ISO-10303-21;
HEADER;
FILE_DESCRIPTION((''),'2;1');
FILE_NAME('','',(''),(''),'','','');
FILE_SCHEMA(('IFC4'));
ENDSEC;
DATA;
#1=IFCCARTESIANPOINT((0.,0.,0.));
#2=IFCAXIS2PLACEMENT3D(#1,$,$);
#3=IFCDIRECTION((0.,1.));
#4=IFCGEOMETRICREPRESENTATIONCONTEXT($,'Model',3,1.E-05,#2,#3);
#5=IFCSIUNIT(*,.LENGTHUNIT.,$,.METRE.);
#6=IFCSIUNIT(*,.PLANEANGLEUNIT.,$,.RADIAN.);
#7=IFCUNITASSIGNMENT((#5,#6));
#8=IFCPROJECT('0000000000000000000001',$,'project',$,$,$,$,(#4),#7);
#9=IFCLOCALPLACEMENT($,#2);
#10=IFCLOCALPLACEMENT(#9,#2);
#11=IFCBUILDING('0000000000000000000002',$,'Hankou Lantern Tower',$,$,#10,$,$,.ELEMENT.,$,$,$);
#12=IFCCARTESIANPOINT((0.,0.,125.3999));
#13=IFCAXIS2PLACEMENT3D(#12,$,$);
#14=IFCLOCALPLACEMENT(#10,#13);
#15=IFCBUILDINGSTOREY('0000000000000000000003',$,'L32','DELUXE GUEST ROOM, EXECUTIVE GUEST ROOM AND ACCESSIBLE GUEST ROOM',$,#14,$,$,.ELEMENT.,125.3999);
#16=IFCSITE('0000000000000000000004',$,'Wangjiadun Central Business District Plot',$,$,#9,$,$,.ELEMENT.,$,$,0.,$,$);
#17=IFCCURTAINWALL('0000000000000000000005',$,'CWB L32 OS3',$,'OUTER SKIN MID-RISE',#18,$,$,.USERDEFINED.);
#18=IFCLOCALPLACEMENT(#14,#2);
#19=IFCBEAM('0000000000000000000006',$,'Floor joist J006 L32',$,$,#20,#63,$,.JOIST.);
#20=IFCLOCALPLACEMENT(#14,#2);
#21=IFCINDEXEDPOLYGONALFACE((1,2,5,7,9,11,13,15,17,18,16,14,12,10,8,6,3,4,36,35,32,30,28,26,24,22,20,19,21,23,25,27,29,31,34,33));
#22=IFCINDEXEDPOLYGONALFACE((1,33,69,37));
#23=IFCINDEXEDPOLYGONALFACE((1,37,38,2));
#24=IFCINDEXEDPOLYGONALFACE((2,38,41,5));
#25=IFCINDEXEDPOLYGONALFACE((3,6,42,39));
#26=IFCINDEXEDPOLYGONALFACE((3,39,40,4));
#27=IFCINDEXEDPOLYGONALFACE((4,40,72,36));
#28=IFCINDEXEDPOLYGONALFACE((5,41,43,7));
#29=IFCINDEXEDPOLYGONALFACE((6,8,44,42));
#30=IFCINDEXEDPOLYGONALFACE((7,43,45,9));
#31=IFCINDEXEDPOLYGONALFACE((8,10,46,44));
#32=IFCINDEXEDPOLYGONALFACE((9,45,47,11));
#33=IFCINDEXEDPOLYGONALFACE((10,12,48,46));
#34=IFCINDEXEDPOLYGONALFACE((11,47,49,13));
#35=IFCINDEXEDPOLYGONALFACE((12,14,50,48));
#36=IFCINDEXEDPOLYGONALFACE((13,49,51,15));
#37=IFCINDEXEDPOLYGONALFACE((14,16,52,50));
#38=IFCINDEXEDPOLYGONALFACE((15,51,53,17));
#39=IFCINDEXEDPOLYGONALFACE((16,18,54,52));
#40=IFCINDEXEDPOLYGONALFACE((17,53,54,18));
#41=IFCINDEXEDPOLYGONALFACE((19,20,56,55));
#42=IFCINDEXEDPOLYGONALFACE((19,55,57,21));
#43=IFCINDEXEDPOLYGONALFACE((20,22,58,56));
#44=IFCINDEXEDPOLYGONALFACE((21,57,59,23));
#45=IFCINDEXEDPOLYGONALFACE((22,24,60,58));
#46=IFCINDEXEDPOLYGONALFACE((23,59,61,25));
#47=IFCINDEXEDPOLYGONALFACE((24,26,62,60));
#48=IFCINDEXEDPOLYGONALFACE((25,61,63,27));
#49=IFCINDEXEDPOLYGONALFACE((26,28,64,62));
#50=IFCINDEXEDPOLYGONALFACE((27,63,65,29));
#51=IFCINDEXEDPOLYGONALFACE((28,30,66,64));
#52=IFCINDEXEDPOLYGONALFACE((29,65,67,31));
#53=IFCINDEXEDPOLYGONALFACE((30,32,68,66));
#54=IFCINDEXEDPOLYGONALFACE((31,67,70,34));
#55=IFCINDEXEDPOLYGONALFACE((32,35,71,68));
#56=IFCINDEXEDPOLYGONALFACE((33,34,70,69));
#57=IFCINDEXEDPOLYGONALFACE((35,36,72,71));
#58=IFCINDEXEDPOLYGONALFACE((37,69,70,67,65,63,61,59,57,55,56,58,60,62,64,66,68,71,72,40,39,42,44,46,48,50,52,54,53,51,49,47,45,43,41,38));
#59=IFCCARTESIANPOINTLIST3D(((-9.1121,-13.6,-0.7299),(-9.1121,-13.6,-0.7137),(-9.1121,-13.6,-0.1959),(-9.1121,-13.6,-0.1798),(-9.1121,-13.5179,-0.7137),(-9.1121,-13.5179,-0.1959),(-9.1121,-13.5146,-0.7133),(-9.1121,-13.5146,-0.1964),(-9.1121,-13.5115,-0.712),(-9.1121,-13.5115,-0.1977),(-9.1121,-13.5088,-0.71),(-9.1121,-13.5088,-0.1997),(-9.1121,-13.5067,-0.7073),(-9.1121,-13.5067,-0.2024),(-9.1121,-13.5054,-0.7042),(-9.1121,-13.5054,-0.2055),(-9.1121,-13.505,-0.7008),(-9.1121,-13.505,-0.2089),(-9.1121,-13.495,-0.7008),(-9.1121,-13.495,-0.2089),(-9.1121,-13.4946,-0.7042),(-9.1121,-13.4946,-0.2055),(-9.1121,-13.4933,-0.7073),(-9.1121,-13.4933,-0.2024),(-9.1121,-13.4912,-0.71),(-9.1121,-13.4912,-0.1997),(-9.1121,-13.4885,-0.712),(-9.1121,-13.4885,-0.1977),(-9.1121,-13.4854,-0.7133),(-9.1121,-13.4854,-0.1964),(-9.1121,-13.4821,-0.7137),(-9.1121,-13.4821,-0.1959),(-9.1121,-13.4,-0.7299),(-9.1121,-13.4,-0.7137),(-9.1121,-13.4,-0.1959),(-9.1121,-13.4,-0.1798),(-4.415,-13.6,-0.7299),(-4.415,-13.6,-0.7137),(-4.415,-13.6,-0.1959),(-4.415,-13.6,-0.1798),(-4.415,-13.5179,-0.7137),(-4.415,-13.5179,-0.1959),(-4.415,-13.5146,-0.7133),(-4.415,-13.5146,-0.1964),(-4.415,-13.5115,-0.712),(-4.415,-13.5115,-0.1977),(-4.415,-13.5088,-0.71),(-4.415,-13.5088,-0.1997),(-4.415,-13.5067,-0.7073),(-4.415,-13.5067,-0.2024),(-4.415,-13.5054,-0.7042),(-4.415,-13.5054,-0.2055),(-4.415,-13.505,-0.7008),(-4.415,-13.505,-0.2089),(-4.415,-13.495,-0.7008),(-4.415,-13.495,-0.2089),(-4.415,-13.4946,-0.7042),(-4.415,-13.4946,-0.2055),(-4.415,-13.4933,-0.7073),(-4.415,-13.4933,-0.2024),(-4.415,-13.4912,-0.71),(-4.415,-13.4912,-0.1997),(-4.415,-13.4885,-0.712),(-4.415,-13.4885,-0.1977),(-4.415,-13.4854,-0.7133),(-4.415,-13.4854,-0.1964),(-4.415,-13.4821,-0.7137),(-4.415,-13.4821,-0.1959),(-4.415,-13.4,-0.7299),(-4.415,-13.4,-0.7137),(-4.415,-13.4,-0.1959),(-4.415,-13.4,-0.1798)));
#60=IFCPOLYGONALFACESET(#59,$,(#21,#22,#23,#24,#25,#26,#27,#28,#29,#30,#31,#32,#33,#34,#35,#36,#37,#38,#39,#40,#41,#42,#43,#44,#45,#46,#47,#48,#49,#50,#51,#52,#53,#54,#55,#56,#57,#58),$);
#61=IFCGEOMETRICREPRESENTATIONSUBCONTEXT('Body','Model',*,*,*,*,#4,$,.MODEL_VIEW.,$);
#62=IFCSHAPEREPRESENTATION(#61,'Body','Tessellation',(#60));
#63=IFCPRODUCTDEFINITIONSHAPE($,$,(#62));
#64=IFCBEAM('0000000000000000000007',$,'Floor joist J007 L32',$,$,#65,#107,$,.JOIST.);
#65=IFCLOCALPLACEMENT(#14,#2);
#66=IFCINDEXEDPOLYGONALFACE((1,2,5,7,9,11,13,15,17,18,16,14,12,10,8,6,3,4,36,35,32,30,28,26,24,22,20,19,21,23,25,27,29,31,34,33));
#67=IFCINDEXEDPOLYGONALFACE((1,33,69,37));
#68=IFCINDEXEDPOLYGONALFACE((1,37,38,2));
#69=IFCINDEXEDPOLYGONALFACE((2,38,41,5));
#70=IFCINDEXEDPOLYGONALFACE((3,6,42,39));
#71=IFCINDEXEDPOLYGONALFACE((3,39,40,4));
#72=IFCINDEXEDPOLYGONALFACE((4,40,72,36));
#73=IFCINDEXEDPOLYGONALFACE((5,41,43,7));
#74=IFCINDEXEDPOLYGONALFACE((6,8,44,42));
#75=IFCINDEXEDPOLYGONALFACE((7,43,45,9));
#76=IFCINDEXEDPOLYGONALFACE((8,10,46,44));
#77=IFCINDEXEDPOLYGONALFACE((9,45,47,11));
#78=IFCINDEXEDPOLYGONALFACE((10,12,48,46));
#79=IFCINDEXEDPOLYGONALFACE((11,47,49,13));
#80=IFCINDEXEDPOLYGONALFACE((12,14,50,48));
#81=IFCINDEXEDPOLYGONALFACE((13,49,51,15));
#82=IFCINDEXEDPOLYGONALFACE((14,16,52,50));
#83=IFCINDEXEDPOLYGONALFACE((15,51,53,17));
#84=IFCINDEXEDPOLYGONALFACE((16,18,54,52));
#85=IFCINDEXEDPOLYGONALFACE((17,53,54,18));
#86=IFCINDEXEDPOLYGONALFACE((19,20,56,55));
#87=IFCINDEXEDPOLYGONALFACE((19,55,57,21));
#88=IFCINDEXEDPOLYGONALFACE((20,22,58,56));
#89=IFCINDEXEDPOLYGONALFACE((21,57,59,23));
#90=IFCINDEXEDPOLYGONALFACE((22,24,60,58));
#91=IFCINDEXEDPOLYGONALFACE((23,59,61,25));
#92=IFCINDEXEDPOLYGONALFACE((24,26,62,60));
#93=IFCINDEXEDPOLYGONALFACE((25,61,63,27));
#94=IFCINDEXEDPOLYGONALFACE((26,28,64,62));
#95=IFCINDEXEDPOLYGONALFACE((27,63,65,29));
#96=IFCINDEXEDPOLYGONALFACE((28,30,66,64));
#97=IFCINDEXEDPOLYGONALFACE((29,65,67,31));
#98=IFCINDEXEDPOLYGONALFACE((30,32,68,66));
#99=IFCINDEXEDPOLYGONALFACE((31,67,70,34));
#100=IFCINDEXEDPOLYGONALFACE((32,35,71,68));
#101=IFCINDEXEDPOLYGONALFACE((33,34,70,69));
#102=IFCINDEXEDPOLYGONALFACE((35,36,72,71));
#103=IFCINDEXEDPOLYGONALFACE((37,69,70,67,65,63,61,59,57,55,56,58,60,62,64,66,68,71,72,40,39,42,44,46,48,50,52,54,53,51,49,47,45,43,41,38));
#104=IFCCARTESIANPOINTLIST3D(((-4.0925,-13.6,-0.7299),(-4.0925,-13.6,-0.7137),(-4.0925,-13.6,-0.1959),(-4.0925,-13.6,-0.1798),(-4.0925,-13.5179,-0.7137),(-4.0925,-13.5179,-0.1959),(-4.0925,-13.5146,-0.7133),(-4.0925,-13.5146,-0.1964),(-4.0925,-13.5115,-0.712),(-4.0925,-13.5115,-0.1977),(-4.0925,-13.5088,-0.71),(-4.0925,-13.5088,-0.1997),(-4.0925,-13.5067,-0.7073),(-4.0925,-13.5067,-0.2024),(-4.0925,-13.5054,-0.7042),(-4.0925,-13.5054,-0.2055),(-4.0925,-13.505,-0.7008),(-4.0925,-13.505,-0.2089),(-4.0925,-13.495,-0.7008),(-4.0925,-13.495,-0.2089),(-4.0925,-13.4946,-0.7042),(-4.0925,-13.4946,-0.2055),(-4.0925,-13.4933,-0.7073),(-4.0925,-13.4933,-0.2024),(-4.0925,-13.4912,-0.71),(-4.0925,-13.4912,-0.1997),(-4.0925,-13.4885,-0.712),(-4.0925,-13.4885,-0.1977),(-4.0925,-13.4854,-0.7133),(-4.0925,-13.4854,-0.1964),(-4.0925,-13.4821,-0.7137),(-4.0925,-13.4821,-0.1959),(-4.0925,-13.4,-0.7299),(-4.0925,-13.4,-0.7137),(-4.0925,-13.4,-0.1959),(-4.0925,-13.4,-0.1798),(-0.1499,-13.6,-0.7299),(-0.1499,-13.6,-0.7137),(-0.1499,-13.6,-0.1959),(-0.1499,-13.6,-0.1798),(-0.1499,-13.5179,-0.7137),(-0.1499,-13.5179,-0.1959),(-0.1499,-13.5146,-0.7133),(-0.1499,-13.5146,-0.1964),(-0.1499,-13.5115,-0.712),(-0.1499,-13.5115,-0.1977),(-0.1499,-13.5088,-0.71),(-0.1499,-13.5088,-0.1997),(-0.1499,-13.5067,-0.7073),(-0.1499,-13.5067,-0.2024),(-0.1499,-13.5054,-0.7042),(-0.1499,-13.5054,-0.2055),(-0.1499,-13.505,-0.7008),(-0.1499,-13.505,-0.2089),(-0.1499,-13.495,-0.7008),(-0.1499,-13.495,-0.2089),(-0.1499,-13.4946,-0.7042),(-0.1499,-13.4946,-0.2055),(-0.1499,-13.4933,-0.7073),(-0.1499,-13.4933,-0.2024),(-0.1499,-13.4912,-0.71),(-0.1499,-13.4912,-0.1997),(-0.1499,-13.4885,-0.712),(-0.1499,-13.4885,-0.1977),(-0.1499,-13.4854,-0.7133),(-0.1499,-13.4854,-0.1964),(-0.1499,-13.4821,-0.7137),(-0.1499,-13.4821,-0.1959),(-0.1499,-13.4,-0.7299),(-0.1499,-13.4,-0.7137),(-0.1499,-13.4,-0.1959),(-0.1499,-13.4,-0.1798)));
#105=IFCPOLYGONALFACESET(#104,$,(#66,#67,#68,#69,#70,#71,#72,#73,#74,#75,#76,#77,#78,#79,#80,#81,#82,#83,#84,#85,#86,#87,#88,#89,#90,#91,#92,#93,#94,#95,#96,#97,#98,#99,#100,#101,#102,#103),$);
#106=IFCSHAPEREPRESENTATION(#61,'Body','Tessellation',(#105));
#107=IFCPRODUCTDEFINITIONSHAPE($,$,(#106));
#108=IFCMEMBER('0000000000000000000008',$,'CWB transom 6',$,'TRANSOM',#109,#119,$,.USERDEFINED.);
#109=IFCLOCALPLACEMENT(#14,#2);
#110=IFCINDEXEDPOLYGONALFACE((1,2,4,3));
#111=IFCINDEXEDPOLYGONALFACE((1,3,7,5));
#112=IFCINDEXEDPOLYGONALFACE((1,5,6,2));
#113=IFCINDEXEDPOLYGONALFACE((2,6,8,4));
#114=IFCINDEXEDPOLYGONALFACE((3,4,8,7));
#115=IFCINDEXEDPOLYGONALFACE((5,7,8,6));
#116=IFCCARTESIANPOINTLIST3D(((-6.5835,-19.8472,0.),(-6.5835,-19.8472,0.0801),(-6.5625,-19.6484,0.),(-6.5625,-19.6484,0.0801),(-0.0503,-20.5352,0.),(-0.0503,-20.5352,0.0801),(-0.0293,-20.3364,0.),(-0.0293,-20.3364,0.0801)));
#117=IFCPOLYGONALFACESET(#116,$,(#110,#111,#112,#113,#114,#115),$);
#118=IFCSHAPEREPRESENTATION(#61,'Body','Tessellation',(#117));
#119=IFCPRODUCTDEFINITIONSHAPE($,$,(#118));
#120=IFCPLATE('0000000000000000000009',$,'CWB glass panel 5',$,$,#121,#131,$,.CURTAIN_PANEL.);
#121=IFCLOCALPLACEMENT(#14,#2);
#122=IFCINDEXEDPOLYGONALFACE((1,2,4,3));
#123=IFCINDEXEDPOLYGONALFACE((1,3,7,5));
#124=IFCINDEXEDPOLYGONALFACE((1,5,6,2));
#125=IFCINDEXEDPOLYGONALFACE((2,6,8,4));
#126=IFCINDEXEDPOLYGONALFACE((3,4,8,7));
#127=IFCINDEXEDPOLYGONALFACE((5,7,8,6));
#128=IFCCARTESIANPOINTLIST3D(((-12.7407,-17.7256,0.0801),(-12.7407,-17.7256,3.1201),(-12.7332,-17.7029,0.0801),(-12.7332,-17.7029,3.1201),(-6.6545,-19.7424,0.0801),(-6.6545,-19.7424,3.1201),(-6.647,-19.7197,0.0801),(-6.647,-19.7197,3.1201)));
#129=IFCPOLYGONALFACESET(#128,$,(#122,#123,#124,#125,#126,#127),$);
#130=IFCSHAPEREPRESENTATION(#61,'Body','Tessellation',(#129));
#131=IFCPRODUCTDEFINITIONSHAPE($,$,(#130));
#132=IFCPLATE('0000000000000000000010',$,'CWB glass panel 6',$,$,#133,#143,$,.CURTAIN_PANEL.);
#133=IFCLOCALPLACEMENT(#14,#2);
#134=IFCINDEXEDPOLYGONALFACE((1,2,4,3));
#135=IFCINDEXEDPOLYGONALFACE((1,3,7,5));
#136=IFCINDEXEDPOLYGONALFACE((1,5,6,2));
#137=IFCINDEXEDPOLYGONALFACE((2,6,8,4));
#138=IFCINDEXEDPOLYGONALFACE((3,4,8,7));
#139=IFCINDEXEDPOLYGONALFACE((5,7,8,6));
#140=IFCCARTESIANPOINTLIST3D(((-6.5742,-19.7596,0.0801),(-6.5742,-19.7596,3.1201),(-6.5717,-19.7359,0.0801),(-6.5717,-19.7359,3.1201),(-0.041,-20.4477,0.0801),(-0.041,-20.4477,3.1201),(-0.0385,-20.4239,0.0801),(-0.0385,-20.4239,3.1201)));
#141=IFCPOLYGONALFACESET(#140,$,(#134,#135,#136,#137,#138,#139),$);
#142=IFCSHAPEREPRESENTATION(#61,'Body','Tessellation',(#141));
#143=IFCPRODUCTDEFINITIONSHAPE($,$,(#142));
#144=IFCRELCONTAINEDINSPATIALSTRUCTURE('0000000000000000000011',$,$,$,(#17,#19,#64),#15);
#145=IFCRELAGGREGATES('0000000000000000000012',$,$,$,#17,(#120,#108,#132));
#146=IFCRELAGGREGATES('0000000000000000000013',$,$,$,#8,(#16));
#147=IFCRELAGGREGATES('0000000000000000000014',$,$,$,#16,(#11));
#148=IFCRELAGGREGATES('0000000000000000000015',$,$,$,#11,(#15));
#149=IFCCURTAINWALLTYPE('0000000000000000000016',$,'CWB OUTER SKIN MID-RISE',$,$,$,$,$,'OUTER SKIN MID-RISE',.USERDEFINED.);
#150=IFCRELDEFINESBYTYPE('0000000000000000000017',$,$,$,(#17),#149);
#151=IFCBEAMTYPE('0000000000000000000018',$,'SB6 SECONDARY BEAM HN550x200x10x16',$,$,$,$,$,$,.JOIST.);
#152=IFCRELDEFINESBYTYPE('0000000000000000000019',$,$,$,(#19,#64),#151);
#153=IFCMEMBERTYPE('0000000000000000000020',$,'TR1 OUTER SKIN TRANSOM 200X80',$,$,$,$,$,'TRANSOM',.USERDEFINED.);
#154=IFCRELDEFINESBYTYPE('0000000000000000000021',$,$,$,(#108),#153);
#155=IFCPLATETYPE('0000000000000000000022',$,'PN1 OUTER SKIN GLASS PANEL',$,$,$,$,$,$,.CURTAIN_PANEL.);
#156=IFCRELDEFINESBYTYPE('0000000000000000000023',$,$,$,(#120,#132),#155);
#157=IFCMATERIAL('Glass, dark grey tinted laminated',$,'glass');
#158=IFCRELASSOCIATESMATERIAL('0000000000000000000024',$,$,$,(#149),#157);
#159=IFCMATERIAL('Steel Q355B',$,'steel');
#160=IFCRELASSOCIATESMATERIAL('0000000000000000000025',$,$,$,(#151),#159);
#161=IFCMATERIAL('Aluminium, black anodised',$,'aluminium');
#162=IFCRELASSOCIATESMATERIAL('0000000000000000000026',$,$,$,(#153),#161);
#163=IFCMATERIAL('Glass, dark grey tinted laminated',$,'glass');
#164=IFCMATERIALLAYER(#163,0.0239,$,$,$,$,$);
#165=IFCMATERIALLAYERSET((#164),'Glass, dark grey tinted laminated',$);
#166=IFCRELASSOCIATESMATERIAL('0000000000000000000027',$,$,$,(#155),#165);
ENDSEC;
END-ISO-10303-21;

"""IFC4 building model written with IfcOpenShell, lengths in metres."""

from ifc_helpers import new_model, si_unit, direction, frame, origin, origin_2d, place, context, subcontext, project, spatial, rectangle, i_section, extrude, material, layer, layer_set, material_profile, profile_set, type_object, element, aggregate, save


model = new_model("IFC4")

# Units and contexts
model_context = context("Model", 3, precision=1e-05, world=origin(), true_north=direction((0.0, 1.0)))
body_context = subcontext(model_context, "Body", "Model", "MODEL_VIEW")
ifc_project = project(units=[si_unit("LENGTHUNIT", "METRE"), si_unit("PLANEANGLEUNIT", "RADIAN")], contexts=[model_context])

# Site, building, storey
site_placement = place(None, origin())
site = spatial("IfcSite", under=ifc_project, at=site_placement, Name="Wangjiadun Central Business District Plot", CompositionType="ELEMENT", RefElevation=0.0)
building_placement = place(site_placement, origin())
building = spatial("IfcBuilding", under=site, at=building_placement, Name="Hankou Lantern Tower", CompositionType="ELEMENT")
storey_placement = place(building_placement, frame((0.0, 0.0, 125.3999)))
storey = spatial("IfcBuildingStorey", under=building, at=storey_placement, Name="L32", Description="DELUXE GUEST ROOM, EXECUTIVE GUEST ROOM AND ACCESSIBLE GUEST ROOM", CompositionType="ELEMENT", Elevation=125.3999)

# Curtain wall
ifc_material_1 = material(Name="Glass, dark grey tinted laminated", Category="glass")
curtain_wall_type = type_object("IfcCurtainWallType", Name="CWB OUTER SKIN MID-RISE", ElementType="OUTER SKIN MID-RISE", PredefinedType="USERDEFINED", material=ifc_material_1)
curtain_wall_placement = place(storey_placement, origin())
curtain_wall = element("IfcCurtainWall", 1, at=curtain_wall_placement, inside=storey, type_object=curtain_wall_type, Name="CWB L32 OS3", ObjectType="OUTER SKIN MID-RISE", PredefinedType="USERDEFINED")

# Beams
ifc_material_2 = material(Name="Steel Q355B", Category="steel")
ifc_material_profile_1 = material_profile(ifc_material_2, i_section(OverallWidth=0.2, OverallDepth=0.55, WebThickness=0.01, FlangeThickness=0.0161, FilletRadius=0.0129, at=origin_2d()), Name="HN550x200x10x16")
ifc_profile_set_1 = profile_set([ifc_material_profile_1], Name="Steel Q355B")
beam_type_1 = type_object("IfcBeamType", Name="SB6 SECONDARY BEAM HN550x200x10x16", PredefinedType="JOIST", material=ifc_profile_set_1)
beam_1_placement = place(storey_placement, frame((-9.1121, -13.5, -0.4548), z_axis=(1.0, 0.0, 0.0), x_axis=(0.0, 1.0, 0.0)))
element("IfcBeam", 2, at=beam_1_placement, inside=storey, type_object=beam_type_1, Name="Floor joist J006 L32", PredefinedType="JOIST", context=body_context, shape_type="SweptSolid", body=[
    extrude(i_section(OverallWidth=0.2, OverallDepth=0.55, WebThickness=0.01, FlangeThickness=0.0161, FilletRadius=0.0129, at=origin_2d()), origin(), (0.0, 0.0, 1.0), 4.697),
])
beam_2_placement = place(storey_placement, frame((-4.0925, -13.5, -0.4548), z_axis=(1.0, 0.0, 0.0), x_axis=(0.0, 1.0, 0.0)))
element("IfcBeam", 3, at=beam_2_placement, inside=storey, type_object=beam_type_1, Name="Floor joist J007 L32", PredefinedType="JOIST", context=body_context, shape_type="SweptSolid", body=[
    extrude(i_section(OverallWidth=0.2, OverallDepth=0.55, WebThickness=0.01, FlangeThickness=0.0161, FilletRadius=0.0129, at=origin_2d()), origin(), (0.0, 0.0, 1.0), 3.9426),
])

# Member
ifc_material_3 = material(Name="Aluminium, black anodised", Category="aluminium")
ifc_material_profile_2 = material_profile(ifc_material_3, rectangle(XDim=0.2, YDim=0.0801, at=origin_2d()), Name="TR1 200X80")
ifc_profile_set_2 = profile_set([ifc_material_profile_2], Name="Aluminium, black anodised")
member_type_1 = type_object("IfcMemberType", Name="TR1 OUTER SKIN TRANSOM 200X80", ElementType="TRANSOM", PredefinedType="USERDEFINED", material=ifc_profile_set_2)
member_1_placement = place(storey_placement, frame((-6.573, -19.7478, 0.04), z_axis=(0.994501, -0.104727, 0.0), x_axis=(0.104727, 0.994501, 0.0)))
member_1 = element("IfcMember", 4, at=member_1_placement, type_object=member_type_1, Name="CWB transom 6", ObjectType="TRANSOM", PredefinedType="USERDEFINED", context=body_context, shape_type="SweptSolid", body=[
    extrude(rectangle(XDim=0.2, YDim=0.0801, at=origin_2d()), origin(), (0.0, 0.0, 1.0), 6.5693),
])

# Plates
ifc_material_4 = material(Name="Glass, dark grey tinted laminated", Category="glass")
ifc_layer_1 = layer(ifc_material_4, 0.0239)
ifc_layer_set_1 = layer_set([ifc_layer_1], Name="Glass, dark grey tinted laminated")
plate_type = type_object("IfcPlateType", Name="PN1 OUTER SKIN GLASS PANEL", PredefinedType="CURTAIN_PANEL", material=ifc_layer_set_1)
plate_1_placement = place(storey_placement, frame((-9.6938, -18.7227, 0.0801), z_axis=(0.0, 0.0, 1.0), x_axis=(0.949241, -0.314551, 0.0)))
plate_1 = element("IfcPlate", 5, at=plate_1_placement, type_object=plate_type, Name="CWB glass panel 5", PredefinedType="CURTAIN_PANEL", context=body_context, shape_type="SweptSolid", body=[
    extrude(rectangle(XDim=6.4116, YDim=0.0239, at=origin_2d()), origin(), (0.0, 0.0, 1.0), 3.04),
])
plate_2_placement = place(storey_placement, frame((-3.3064, -20.0918, 0.0801), z_axis=(0.0, 0.0, 1.0), x_axis=(0.994499, -0.104743, 0.0)))
plate_2 = element("IfcPlate", 6, at=plate_2_placement, type_object=plate_type, Name="CWB glass panel 6", PredefinedType="CURTAIN_PANEL", context=body_context, shape_type="SweptSolid", body=[
    extrude(rectangle(XDim=6.5693, YDim=0.0239, at=origin_2d()), origin(), (0.0, 0.0, 1.0), 3.04),
])
aggregate(curtain_wall, [plate_1, member_1, plate_2])

save(model, "model.ifc")
